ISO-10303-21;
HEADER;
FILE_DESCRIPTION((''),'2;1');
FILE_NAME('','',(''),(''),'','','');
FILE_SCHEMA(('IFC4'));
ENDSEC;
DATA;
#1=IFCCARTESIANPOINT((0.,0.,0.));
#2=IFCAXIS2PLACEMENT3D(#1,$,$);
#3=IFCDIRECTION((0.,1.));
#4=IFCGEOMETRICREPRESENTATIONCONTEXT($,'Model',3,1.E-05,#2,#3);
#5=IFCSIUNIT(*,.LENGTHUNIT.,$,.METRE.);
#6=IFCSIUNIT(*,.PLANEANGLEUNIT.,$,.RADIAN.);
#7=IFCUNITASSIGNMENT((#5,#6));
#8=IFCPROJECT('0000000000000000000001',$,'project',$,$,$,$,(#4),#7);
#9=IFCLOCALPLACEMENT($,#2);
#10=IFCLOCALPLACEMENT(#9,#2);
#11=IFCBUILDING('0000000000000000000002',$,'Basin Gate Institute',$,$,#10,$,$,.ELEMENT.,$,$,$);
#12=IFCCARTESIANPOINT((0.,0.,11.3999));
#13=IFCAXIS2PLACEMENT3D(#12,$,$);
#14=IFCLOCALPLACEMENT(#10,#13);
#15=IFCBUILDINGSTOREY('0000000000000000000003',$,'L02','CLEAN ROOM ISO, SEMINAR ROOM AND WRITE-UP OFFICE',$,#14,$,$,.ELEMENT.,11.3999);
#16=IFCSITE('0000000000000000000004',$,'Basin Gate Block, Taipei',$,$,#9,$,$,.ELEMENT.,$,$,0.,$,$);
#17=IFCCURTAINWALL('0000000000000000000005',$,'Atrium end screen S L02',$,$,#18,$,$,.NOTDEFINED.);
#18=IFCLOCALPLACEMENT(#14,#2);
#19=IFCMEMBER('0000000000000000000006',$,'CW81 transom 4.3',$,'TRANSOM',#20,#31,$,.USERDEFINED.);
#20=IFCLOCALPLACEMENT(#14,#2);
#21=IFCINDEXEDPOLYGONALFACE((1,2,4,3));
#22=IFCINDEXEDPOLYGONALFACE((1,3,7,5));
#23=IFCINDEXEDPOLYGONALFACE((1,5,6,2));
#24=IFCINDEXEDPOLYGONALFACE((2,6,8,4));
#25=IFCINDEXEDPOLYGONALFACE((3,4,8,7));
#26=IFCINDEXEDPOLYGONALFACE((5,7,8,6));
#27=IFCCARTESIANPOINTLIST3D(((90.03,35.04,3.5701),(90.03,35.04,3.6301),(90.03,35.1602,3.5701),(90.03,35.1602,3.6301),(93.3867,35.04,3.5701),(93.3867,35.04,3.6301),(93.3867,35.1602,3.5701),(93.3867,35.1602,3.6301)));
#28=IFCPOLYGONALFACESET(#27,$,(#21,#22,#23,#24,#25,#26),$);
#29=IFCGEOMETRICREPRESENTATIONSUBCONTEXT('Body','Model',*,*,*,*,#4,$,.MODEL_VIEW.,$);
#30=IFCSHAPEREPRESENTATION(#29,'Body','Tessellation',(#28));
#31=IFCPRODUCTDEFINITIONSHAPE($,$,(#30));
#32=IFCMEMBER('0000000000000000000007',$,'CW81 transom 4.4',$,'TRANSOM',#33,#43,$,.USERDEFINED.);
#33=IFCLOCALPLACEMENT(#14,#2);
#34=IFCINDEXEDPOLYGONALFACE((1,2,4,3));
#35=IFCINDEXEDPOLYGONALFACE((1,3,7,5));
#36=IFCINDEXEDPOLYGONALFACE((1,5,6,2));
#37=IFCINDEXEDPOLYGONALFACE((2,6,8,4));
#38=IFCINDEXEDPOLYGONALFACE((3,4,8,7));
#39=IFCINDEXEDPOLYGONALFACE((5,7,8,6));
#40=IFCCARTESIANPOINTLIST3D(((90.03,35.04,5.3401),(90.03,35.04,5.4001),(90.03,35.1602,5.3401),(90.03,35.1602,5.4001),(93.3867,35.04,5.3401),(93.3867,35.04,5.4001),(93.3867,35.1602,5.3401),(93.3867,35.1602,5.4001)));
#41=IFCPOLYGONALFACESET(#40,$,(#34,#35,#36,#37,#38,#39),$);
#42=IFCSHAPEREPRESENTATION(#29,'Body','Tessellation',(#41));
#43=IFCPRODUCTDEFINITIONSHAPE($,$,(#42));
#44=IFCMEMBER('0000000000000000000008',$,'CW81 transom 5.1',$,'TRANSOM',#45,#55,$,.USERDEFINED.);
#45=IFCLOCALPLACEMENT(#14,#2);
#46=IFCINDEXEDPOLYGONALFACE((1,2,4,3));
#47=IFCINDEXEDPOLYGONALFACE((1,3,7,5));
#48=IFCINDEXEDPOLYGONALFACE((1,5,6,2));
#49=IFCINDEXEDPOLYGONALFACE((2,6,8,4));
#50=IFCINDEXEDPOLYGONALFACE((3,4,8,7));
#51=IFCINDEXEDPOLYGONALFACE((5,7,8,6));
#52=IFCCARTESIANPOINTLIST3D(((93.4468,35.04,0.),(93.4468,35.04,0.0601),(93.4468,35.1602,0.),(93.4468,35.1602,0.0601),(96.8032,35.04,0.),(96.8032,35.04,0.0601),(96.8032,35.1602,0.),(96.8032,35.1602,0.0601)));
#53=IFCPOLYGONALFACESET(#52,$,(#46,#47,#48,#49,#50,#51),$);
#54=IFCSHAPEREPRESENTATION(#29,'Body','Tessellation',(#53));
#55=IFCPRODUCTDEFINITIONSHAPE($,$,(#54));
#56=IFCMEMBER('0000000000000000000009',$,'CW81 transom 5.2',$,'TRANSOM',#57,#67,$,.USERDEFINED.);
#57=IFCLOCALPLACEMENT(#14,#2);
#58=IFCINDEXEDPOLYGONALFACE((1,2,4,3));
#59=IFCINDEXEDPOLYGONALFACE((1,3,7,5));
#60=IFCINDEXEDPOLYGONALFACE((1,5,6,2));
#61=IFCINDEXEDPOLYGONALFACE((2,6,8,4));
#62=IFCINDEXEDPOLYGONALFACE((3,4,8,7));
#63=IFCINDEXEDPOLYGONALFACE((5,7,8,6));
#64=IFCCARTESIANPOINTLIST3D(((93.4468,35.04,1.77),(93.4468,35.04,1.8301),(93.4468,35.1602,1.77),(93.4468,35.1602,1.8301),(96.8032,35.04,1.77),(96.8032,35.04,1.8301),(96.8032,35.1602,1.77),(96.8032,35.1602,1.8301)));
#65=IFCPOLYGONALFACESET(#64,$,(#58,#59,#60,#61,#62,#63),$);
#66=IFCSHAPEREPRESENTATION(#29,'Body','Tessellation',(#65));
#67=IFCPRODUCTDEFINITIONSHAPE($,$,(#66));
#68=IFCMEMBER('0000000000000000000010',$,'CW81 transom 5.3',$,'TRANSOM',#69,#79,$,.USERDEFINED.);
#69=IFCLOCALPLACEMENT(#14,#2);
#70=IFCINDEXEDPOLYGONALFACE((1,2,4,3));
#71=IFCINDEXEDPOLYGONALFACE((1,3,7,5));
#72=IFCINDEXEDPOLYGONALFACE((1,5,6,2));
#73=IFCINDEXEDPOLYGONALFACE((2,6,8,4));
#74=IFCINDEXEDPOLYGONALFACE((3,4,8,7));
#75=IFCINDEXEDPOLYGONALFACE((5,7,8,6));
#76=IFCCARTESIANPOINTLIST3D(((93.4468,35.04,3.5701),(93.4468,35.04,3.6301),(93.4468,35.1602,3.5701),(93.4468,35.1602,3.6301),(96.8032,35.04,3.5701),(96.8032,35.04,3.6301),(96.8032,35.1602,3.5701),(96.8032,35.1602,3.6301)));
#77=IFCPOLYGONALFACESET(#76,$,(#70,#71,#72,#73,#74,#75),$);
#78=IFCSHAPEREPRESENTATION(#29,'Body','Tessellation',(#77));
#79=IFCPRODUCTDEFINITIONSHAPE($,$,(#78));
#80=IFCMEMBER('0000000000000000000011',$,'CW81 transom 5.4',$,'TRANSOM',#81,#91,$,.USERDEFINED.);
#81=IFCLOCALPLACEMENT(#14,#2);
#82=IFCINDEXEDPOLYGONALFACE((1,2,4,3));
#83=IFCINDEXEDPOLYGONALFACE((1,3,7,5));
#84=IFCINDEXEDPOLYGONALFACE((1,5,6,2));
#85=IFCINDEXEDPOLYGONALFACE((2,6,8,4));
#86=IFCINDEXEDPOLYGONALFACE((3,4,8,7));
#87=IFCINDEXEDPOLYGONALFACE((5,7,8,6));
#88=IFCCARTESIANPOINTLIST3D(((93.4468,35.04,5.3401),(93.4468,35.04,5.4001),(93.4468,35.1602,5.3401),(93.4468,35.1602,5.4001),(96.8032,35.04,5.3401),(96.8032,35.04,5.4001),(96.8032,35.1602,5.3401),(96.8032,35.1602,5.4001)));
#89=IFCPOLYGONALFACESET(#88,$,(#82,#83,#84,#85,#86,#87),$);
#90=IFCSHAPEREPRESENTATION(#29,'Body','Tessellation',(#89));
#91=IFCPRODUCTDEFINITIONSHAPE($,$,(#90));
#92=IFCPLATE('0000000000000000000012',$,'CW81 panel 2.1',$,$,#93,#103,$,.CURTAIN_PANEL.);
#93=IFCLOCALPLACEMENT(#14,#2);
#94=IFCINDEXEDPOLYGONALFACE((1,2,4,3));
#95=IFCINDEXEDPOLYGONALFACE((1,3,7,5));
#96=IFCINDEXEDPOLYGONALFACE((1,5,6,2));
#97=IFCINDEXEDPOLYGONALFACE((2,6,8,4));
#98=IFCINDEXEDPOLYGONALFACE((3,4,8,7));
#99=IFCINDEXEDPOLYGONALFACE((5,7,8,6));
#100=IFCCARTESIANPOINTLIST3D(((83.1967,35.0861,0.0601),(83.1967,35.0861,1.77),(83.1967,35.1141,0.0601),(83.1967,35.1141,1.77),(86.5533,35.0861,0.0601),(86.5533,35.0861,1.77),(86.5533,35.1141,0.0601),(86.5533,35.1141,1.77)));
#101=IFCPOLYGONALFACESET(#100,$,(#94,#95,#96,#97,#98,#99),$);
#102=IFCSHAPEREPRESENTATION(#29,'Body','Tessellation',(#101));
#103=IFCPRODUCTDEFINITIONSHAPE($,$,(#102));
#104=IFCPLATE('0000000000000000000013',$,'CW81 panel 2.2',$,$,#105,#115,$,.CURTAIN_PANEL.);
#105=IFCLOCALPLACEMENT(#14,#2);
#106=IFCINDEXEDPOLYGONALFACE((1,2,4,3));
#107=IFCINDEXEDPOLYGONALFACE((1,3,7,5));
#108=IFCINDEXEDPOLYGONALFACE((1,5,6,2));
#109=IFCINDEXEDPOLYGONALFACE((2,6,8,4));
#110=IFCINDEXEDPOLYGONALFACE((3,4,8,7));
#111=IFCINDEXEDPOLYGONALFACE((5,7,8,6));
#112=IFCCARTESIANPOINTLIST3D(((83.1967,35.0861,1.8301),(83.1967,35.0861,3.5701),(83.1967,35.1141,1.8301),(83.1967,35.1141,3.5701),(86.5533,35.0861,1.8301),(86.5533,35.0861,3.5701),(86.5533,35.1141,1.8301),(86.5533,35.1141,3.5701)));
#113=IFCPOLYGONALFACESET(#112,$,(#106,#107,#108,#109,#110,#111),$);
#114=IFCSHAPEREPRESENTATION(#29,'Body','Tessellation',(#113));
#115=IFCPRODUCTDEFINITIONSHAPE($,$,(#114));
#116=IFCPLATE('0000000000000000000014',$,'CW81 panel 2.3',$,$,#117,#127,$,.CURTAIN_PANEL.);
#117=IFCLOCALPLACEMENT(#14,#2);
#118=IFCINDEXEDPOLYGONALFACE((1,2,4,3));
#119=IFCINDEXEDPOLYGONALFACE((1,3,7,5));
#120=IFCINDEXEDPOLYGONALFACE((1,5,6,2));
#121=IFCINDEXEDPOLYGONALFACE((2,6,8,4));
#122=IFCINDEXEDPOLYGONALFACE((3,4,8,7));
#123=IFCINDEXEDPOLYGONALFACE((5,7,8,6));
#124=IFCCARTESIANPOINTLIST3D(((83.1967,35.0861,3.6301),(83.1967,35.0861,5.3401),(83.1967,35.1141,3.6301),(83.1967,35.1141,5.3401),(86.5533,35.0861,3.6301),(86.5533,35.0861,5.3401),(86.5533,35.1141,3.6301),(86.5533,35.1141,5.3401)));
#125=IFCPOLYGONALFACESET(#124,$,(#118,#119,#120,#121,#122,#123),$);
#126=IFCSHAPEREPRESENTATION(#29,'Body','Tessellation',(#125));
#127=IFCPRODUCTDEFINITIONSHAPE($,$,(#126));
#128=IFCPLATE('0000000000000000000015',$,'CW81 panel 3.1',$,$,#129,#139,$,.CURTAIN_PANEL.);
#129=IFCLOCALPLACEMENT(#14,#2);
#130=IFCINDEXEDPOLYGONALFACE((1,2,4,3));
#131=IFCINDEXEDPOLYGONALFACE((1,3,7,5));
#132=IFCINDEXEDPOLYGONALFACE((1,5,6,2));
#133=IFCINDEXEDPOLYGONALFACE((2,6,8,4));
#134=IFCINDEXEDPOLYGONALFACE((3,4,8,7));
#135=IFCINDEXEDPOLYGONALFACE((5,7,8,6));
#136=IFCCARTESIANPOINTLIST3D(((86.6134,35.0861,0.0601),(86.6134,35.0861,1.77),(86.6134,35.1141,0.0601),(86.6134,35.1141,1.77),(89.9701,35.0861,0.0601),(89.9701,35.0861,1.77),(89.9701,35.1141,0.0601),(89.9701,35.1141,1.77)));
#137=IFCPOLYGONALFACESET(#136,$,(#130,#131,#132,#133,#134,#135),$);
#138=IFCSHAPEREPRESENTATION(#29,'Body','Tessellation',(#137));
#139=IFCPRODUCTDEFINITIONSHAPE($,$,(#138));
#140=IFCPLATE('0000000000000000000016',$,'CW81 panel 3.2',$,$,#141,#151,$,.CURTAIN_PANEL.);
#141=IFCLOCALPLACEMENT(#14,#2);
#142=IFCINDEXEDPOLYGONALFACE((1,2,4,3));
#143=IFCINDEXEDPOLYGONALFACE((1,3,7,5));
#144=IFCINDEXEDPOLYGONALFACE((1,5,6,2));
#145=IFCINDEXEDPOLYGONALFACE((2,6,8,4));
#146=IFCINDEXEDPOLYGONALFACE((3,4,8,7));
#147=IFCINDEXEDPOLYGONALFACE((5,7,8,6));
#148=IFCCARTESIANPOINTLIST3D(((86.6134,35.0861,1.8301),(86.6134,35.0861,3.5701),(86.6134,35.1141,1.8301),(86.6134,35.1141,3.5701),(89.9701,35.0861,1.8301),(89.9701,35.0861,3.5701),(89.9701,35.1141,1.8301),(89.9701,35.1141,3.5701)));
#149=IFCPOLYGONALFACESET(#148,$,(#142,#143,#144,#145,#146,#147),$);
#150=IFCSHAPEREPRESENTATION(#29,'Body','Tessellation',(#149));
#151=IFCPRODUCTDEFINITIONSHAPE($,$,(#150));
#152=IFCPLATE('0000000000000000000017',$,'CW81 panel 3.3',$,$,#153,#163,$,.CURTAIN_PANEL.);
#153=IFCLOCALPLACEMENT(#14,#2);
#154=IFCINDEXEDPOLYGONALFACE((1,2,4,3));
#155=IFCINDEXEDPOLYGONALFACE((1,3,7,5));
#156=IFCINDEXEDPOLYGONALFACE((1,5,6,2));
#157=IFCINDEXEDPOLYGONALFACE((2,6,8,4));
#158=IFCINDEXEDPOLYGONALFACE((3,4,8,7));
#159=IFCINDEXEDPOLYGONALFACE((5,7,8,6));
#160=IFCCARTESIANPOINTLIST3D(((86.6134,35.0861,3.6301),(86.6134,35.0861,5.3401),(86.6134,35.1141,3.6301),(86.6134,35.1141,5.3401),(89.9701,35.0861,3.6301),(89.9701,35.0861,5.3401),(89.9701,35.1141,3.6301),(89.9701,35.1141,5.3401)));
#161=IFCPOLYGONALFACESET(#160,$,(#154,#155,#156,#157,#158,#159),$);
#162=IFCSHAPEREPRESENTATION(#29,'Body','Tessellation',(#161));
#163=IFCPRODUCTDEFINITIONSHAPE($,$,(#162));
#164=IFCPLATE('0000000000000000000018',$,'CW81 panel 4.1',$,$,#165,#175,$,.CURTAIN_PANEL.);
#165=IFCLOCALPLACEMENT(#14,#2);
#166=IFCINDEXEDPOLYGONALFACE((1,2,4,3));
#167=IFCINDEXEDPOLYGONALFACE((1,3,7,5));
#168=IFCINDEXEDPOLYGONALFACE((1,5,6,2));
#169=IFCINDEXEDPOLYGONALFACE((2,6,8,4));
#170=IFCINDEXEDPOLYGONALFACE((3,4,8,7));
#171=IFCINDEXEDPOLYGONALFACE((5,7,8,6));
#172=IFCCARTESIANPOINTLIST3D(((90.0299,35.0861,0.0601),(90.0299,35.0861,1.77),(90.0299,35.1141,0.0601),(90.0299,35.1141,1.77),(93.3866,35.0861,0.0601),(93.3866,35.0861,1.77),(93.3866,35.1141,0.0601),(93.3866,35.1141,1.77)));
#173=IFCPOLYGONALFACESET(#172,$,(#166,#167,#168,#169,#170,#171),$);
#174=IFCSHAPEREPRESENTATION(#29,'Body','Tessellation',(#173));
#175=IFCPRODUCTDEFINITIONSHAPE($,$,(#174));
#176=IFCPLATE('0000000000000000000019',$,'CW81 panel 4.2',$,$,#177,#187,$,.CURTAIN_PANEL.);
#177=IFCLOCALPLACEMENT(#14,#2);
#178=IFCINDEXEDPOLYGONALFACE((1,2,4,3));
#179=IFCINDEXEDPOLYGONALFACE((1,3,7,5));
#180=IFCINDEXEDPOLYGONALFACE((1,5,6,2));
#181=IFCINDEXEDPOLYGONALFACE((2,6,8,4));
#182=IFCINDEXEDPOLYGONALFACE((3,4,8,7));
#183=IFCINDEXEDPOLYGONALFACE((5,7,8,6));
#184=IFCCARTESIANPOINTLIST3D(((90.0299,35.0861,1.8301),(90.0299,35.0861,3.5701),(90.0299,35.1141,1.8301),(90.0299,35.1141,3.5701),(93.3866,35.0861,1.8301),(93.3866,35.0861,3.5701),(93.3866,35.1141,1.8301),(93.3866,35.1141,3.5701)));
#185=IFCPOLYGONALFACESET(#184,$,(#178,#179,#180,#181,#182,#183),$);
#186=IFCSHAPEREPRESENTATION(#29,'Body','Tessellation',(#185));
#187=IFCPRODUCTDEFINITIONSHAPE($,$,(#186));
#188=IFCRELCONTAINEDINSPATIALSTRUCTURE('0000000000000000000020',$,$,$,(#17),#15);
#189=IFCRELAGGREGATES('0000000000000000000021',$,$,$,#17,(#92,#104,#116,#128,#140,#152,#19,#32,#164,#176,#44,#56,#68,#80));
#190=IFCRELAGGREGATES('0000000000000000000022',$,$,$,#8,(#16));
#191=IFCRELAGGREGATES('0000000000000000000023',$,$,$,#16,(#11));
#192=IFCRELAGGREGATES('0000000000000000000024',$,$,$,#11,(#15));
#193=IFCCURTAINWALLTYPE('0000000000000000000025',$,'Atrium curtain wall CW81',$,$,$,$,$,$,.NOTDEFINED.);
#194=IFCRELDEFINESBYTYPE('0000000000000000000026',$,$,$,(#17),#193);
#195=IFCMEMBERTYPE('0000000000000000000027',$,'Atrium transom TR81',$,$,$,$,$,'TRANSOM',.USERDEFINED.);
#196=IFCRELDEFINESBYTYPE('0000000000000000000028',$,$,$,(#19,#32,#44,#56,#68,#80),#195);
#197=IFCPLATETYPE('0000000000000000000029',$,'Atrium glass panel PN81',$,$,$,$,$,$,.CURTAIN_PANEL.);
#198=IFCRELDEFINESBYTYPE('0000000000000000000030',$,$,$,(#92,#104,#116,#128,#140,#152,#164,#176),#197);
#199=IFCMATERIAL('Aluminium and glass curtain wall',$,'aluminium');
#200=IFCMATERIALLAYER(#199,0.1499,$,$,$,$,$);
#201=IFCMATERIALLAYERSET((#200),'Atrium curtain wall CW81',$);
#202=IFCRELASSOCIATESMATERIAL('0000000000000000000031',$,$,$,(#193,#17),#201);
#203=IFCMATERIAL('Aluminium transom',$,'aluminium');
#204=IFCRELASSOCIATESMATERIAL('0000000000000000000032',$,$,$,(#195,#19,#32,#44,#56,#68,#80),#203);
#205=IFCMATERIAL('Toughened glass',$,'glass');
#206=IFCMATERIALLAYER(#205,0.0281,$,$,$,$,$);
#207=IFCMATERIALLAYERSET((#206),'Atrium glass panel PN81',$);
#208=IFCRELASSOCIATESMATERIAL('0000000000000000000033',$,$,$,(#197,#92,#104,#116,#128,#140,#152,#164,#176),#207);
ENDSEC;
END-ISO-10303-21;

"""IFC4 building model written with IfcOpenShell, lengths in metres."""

from ifc_helpers import new_model, si_unit, direction, frame, origin, origin_2d, place, context, subcontext, project, spatial, rectangle, extrude, material, layer, layer_set, material_profile, profile_set, type_object, element, aggregate, save


model = new_model("IFC4")

# Units and contexts
model_context = context("Model", 3, precision=1e-05, world=origin(), true_north=direction((0.0, 1.0)))
body_context = subcontext(model_context, "Body", "Model", "MODEL_VIEW")
ifc_project = project(units=[si_unit("LENGTHUNIT", "METRE"), si_unit("PLANEANGLEUNIT", "RADIAN")], contexts=[model_context])

# Site, building, storey
site_placement = place(None, origin())
site = spatial("IfcSite", under=ifc_project, at=site_placement, Name="Basin Gate Block, Taipei", CompositionType="ELEMENT", RefElevation=0.0)
building_placement = place(site_placement, origin())
building = spatial("IfcBuilding", under=site, at=building_placement, Name="Basin Gate Institute", CompositionType="ELEMENT")
storey_placement = place(building_placement, frame((0.0, 0.0, 11.3999)))
storey = spatial("IfcBuildingStorey", under=building, at=storey_placement, Name="L02", Description="CLEAN ROOM ISO, SEMINAR ROOM AND WRITE-UP OFFICE", CompositionType="ELEMENT", Elevation=11.3999)

# Curtain wall, members, plates
ifc_material_1 = material(Name="Aluminium and glass curtain wall", Category="aluminium")
ifc_layer_1 = layer(ifc_material_1, 0.1499)
ifc_layer_set_1 = layer_set([ifc_layer_1], Name="Atrium curtain wall CW81")
curtain_wall_type = type_object("IfcCurtainWallType", Name="Atrium curtain wall CW81", PredefinedType="NOTDEFINED", material=ifc_layer_set_1)
curtain_wall_placement = place(storey_placement, origin())
curtain_wall = element("IfcCurtainWall", 1, at=curtain_wall_placement, inside=storey, type_object=curtain_wall_type, material=ifc_layer_set_1, Name="Atrium end screen S L02", PredefinedType="NOTDEFINED")
ifc_material_2 = material(Name="Aluminium transom", Category="aluminium")
ifc_material_profile_1 = material_profile(ifc_material_2, rectangle(XDim=0.1201, YDim=0.0601, at=origin_2d()), Name="Atrium transom TR81 120 x 60")
ifc_profile_set_1 = profile_set([ifc_material_profile_1], Name="Aluminium transom")
member_type_1 = type_object("IfcMemberType", Name="Atrium transom TR81", ElementType="TRANSOM", PredefinedType="USERDEFINED", material=ifc_profile_set_1)
member_1_placement = place(storey_placement, frame((90.03, 35.1001, 3.6001), z_axis=(1.0, 0.0, 0.0), x_axis=(0.0, 1.0, 0.0)))
member_1 = element("IfcMember", 2, at=member_1_placement, type_object=member_type_1, material=ifc_profile_set_1, Name="CW81 transom 4.3", ObjectType="TRANSOM", PredefinedType="USERDEFINED", context=body_context, shape_type="SweptSolid", body=[
    extrude(rectangle(XDim=0.1201, YDim=0.0601, at=origin_2d()), origin(), (0.0, 0.0, 1.0), 3.3567),
])
member_2_placement = place(storey_placement, frame((90.03, 35.1001, 5.3701), z_axis=(1.0, 0.0, 0.0), x_axis=(0.0, 1.0, 0.0)))
member_2 = element("IfcMember", 3, at=member_2_placement, type_object=member_type_1, material=ifc_profile_set_1, Name="CW81 transom 4.4", ObjectType="TRANSOM", PredefinedType="USERDEFINED", context=body_context, shape_type="SweptSolid", body=[
    extrude(rectangle(XDim=0.1201, YDim=0.0601, at=origin_2d()), origin(), (0.0, 0.0, 1.0), 3.3567),
])
member_3_placement = place(storey_placement, frame((93.4468, 35.1001, 0.03), z_axis=(1.0, 0.0, 0.0), x_axis=(0.0, 1.0, 0.0)))
member_3 = element("IfcMember", 4, at=member_3_placement, type_object=member_type_1, material=ifc_profile_set_1, Name="CW81 transom 5.1", ObjectType="TRANSOM", PredefinedType="USERDEFINED", context=body_context, shape_type="SweptSolid", body=[
    extrude(rectangle(XDim=0.1201, YDim=0.0601, at=origin_2d()), origin(), (0.0, 0.0, 1.0), 3.3564),
])
member_4_placement = place(storey_placement, frame((93.4468, 35.1001, 1.8), z_axis=(1.0, 0.0, 0.0), x_axis=(0.0, 1.0, 0.0)))
member_4 = element("IfcMember", 5, at=member_4_placement, type_object=member_type_1, material=ifc_profile_set_1, Name="CW81 transom 5.2", ObjectType="TRANSOM", PredefinedType="USERDEFINED", context=body_context, shape_type="SweptSolid", body=[
    extrude(rectangle(XDim=0.1201, YDim=0.0601, at=origin_2d()), origin(), (0.0, 0.0, 1.0), 3.3564),
])
member_5_placement = place(storey_placement, frame((93.4468, 35.1001, 3.6001), z_axis=(1.0, 0.0, 0.0), x_axis=(0.0, 1.0, 0.0)))
member_5 = element("IfcMember", 6, at=member_5_placement, type_object=member_type_1, material=ifc_profile_set_1, Name="CW81 transom 5.3", ObjectType="TRANSOM", PredefinedType="USERDEFINED", context=body_context, shape_type="SweptSolid", body=[
    extrude(rectangle(XDim=0.1201, YDim=0.0601, at=origin_2d()), origin(), (0.0, 0.0, 1.0), 3.3564),
])
member_6_placement = place(storey_placement, frame((93.4468, 35.1001, 5.3701), z_axis=(1.0, 0.0, 0.0), x_axis=(0.0, 1.0, 0.0)))
member_6 = element("IfcMember", 7, at=member_6_placement, type_object=member_type_1, material=ifc_profile_set_1, Name="CW81 transom 5.4", ObjectType="TRANSOM", PredefinedType="USERDEFINED", context=body_context, shape_type="SweptSolid", body=[
    extrude(rectangle(XDim=0.1201, YDim=0.0601, at=origin_2d()), origin(), (0.0, 0.0, 1.0), 3.3564),
])
ifc_material_3 = material(Name="Toughened glass", Category="glass")
ifc_layer_2 = layer(ifc_material_3, 0.0281)
ifc_layer_set_2 = layer_set([ifc_layer_2], Name="Atrium glass panel PN81")
plate_type = type_object("IfcPlateType", Name="Atrium glass panel PN81", PredefinedType="CURTAIN_PANEL", material=ifc_layer_set_2)
plate_1_placement = place(storey_placement, frame((84.875, 35.1001, 0.0601), z_axis=(0.0, 0.0, 1.0), x_axis=(1.0, 0.0, 0.0)))
plate_1 = element("IfcPlate", 8, at=plate_1_placement, type_object=plate_type, material=ifc_layer_set_2, Name="CW81 panel 2.1", PredefinedType="CURTAIN_PANEL", context=body_context, shape_type="SweptSolid", body=[
    extrude(rectangle(XDim=3.3567, YDim=0.0281, at=origin_2d()), origin(), (0.0, 0.0, 1.0), 1.71),
])
plate_2_placement = place(storey_placement, frame((84.875, 35.1001, 1.8301), z_axis=(0.0, 0.0, 1.0), x_axis=(1.0, 0.0, 0.0)))
plate_2 = element("IfcPlate", 9, at=plate_2_placement, type_object=plate_type, material=ifc_layer_set_2, Name="CW81 panel 2.2", PredefinedType="CURTAIN_PANEL", context=body_context, shape_type="SweptSolid", body=[
    extrude(rectangle(XDim=3.3567, YDim=0.0281, at=origin_2d()), origin(), (0.0, 0.0, 1.0), 1.74),
])
plate_3_placement = place(storey_placement, frame((84.875, 35.1001, 3.6301), z_axis=(0.0, 0.0, 1.0), x_axis=(1.0, 0.0, 0.0)))
plate_3 = element("IfcPlate", 10, at=plate_3_placement, type_object=plate_type, material=ifc_layer_set_2, Name="CW81 panel 2.3", PredefinedType="CURTAIN_PANEL", context=body_context, shape_type="SweptSolid", body=[
    extrude(rectangle(XDim=3.3567, YDim=0.0281, at=origin_2d()), origin(), (0.0, 0.0, 1.0), 1.71),
])
plate_4_placement = place(storey_placement, frame((88.2917, 35.1001, 0.0601), z_axis=(0.0, 0.0, 1.0), x_axis=(1.0, 0.0, 0.0)))
plate_4 = element("IfcPlate", 11, at=plate_4_placement, type_object=plate_type, material=ifc_layer_set_2, Name="CW81 panel 3.1", PredefinedType="CURTAIN_PANEL", context=body_context, shape_type="SweptSolid", body=[
    extrude(rectangle(XDim=3.3567, YDim=0.0281, at=origin_2d()), origin(), (0.0, 0.0, 1.0), 1.71),
])
plate_5_placement = place(storey_placement, frame((88.2917, 35.1001, 1.8301), z_axis=(0.0, 0.0, 1.0), x_axis=(1.0, 0.0, 0.0)))
plate_5 = element("IfcPlate", 12, at=plate_5_placement, type_object=plate_type, material=ifc_layer_set_2, Name="CW81 panel 3.2", PredefinedType="CURTAIN_PANEL", context=body_context, shape_type="SweptSolid", body=[
    extrude(rectangle(XDim=3.3567, YDim=0.0281, at=origin_2d()), origin(), (0.0, 0.0, 1.0), 1.74),
])
plate_6_placement = place(storey_placement, frame((88.2917, 35.1001, 3.6301), z_axis=(0.0, 0.0, 1.0), x_axis=(1.0, 0.0, 0.0)))
plate_6 = element("IfcPlate", 13, at=plate_6_placement, type_object=plate_type, material=ifc_layer_set_2, Name="CW81 panel 3.3", PredefinedType="CURTAIN_PANEL", context=body_context, shape_type="SweptSolid", body=[
    extrude(rectangle(XDim=3.3567, YDim=0.0281, at=origin_2d()), origin(), (0.0, 0.0, 1.0), 1.71),
])
plate_7_placement = place(storey_placement, frame((91.7083, 35.1001, 0.0601), z_axis=(0.0, 0.0, 1.0), x_axis=(1.0, 0.0, 0.0)))
plate_7 = element("IfcPlate", 14, at=plate_7_placement, type_object=plate_type, material=ifc_layer_set_2, Name="CW81 panel 4.1", PredefinedType="CURTAIN_PANEL", context=body_context, shape_type="SweptSolid", body=[
    extrude(rectangle(XDim=3.3567, YDim=0.0281, at=origin_2d()), origin(), (0.0, 0.0, 1.0), 1.71),
])
plate_8_placement = place(storey_placement, frame((91.7083, 35.1001, 1.8301), z_axis=(0.0, 0.0, 1.0), x_axis=(1.0, 0.0, 0.0)))
plate_8 = element("IfcPlate", 15, at=plate_8_placement, type_object=plate_type, material=ifc_layer_set_2, Name="CW81 panel 4.2", PredefinedType="CURTAIN_PANEL", context=body_context, shape_type="SweptSolid", body=[
    extrude(rectangle(XDim=3.3567, YDim=0.0281, at=origin_2d()), origin(), (0.0, 0.0, 1.0), 1.74),
])
aggregate(curtain_wall, [plate_1, plate_2, plate_3, plate_4, plate_5, plate_6, member_1, member_2, plate_7, plate_8, member_3, member_4, member_5, member_6])

save(model, "model.ifc")
